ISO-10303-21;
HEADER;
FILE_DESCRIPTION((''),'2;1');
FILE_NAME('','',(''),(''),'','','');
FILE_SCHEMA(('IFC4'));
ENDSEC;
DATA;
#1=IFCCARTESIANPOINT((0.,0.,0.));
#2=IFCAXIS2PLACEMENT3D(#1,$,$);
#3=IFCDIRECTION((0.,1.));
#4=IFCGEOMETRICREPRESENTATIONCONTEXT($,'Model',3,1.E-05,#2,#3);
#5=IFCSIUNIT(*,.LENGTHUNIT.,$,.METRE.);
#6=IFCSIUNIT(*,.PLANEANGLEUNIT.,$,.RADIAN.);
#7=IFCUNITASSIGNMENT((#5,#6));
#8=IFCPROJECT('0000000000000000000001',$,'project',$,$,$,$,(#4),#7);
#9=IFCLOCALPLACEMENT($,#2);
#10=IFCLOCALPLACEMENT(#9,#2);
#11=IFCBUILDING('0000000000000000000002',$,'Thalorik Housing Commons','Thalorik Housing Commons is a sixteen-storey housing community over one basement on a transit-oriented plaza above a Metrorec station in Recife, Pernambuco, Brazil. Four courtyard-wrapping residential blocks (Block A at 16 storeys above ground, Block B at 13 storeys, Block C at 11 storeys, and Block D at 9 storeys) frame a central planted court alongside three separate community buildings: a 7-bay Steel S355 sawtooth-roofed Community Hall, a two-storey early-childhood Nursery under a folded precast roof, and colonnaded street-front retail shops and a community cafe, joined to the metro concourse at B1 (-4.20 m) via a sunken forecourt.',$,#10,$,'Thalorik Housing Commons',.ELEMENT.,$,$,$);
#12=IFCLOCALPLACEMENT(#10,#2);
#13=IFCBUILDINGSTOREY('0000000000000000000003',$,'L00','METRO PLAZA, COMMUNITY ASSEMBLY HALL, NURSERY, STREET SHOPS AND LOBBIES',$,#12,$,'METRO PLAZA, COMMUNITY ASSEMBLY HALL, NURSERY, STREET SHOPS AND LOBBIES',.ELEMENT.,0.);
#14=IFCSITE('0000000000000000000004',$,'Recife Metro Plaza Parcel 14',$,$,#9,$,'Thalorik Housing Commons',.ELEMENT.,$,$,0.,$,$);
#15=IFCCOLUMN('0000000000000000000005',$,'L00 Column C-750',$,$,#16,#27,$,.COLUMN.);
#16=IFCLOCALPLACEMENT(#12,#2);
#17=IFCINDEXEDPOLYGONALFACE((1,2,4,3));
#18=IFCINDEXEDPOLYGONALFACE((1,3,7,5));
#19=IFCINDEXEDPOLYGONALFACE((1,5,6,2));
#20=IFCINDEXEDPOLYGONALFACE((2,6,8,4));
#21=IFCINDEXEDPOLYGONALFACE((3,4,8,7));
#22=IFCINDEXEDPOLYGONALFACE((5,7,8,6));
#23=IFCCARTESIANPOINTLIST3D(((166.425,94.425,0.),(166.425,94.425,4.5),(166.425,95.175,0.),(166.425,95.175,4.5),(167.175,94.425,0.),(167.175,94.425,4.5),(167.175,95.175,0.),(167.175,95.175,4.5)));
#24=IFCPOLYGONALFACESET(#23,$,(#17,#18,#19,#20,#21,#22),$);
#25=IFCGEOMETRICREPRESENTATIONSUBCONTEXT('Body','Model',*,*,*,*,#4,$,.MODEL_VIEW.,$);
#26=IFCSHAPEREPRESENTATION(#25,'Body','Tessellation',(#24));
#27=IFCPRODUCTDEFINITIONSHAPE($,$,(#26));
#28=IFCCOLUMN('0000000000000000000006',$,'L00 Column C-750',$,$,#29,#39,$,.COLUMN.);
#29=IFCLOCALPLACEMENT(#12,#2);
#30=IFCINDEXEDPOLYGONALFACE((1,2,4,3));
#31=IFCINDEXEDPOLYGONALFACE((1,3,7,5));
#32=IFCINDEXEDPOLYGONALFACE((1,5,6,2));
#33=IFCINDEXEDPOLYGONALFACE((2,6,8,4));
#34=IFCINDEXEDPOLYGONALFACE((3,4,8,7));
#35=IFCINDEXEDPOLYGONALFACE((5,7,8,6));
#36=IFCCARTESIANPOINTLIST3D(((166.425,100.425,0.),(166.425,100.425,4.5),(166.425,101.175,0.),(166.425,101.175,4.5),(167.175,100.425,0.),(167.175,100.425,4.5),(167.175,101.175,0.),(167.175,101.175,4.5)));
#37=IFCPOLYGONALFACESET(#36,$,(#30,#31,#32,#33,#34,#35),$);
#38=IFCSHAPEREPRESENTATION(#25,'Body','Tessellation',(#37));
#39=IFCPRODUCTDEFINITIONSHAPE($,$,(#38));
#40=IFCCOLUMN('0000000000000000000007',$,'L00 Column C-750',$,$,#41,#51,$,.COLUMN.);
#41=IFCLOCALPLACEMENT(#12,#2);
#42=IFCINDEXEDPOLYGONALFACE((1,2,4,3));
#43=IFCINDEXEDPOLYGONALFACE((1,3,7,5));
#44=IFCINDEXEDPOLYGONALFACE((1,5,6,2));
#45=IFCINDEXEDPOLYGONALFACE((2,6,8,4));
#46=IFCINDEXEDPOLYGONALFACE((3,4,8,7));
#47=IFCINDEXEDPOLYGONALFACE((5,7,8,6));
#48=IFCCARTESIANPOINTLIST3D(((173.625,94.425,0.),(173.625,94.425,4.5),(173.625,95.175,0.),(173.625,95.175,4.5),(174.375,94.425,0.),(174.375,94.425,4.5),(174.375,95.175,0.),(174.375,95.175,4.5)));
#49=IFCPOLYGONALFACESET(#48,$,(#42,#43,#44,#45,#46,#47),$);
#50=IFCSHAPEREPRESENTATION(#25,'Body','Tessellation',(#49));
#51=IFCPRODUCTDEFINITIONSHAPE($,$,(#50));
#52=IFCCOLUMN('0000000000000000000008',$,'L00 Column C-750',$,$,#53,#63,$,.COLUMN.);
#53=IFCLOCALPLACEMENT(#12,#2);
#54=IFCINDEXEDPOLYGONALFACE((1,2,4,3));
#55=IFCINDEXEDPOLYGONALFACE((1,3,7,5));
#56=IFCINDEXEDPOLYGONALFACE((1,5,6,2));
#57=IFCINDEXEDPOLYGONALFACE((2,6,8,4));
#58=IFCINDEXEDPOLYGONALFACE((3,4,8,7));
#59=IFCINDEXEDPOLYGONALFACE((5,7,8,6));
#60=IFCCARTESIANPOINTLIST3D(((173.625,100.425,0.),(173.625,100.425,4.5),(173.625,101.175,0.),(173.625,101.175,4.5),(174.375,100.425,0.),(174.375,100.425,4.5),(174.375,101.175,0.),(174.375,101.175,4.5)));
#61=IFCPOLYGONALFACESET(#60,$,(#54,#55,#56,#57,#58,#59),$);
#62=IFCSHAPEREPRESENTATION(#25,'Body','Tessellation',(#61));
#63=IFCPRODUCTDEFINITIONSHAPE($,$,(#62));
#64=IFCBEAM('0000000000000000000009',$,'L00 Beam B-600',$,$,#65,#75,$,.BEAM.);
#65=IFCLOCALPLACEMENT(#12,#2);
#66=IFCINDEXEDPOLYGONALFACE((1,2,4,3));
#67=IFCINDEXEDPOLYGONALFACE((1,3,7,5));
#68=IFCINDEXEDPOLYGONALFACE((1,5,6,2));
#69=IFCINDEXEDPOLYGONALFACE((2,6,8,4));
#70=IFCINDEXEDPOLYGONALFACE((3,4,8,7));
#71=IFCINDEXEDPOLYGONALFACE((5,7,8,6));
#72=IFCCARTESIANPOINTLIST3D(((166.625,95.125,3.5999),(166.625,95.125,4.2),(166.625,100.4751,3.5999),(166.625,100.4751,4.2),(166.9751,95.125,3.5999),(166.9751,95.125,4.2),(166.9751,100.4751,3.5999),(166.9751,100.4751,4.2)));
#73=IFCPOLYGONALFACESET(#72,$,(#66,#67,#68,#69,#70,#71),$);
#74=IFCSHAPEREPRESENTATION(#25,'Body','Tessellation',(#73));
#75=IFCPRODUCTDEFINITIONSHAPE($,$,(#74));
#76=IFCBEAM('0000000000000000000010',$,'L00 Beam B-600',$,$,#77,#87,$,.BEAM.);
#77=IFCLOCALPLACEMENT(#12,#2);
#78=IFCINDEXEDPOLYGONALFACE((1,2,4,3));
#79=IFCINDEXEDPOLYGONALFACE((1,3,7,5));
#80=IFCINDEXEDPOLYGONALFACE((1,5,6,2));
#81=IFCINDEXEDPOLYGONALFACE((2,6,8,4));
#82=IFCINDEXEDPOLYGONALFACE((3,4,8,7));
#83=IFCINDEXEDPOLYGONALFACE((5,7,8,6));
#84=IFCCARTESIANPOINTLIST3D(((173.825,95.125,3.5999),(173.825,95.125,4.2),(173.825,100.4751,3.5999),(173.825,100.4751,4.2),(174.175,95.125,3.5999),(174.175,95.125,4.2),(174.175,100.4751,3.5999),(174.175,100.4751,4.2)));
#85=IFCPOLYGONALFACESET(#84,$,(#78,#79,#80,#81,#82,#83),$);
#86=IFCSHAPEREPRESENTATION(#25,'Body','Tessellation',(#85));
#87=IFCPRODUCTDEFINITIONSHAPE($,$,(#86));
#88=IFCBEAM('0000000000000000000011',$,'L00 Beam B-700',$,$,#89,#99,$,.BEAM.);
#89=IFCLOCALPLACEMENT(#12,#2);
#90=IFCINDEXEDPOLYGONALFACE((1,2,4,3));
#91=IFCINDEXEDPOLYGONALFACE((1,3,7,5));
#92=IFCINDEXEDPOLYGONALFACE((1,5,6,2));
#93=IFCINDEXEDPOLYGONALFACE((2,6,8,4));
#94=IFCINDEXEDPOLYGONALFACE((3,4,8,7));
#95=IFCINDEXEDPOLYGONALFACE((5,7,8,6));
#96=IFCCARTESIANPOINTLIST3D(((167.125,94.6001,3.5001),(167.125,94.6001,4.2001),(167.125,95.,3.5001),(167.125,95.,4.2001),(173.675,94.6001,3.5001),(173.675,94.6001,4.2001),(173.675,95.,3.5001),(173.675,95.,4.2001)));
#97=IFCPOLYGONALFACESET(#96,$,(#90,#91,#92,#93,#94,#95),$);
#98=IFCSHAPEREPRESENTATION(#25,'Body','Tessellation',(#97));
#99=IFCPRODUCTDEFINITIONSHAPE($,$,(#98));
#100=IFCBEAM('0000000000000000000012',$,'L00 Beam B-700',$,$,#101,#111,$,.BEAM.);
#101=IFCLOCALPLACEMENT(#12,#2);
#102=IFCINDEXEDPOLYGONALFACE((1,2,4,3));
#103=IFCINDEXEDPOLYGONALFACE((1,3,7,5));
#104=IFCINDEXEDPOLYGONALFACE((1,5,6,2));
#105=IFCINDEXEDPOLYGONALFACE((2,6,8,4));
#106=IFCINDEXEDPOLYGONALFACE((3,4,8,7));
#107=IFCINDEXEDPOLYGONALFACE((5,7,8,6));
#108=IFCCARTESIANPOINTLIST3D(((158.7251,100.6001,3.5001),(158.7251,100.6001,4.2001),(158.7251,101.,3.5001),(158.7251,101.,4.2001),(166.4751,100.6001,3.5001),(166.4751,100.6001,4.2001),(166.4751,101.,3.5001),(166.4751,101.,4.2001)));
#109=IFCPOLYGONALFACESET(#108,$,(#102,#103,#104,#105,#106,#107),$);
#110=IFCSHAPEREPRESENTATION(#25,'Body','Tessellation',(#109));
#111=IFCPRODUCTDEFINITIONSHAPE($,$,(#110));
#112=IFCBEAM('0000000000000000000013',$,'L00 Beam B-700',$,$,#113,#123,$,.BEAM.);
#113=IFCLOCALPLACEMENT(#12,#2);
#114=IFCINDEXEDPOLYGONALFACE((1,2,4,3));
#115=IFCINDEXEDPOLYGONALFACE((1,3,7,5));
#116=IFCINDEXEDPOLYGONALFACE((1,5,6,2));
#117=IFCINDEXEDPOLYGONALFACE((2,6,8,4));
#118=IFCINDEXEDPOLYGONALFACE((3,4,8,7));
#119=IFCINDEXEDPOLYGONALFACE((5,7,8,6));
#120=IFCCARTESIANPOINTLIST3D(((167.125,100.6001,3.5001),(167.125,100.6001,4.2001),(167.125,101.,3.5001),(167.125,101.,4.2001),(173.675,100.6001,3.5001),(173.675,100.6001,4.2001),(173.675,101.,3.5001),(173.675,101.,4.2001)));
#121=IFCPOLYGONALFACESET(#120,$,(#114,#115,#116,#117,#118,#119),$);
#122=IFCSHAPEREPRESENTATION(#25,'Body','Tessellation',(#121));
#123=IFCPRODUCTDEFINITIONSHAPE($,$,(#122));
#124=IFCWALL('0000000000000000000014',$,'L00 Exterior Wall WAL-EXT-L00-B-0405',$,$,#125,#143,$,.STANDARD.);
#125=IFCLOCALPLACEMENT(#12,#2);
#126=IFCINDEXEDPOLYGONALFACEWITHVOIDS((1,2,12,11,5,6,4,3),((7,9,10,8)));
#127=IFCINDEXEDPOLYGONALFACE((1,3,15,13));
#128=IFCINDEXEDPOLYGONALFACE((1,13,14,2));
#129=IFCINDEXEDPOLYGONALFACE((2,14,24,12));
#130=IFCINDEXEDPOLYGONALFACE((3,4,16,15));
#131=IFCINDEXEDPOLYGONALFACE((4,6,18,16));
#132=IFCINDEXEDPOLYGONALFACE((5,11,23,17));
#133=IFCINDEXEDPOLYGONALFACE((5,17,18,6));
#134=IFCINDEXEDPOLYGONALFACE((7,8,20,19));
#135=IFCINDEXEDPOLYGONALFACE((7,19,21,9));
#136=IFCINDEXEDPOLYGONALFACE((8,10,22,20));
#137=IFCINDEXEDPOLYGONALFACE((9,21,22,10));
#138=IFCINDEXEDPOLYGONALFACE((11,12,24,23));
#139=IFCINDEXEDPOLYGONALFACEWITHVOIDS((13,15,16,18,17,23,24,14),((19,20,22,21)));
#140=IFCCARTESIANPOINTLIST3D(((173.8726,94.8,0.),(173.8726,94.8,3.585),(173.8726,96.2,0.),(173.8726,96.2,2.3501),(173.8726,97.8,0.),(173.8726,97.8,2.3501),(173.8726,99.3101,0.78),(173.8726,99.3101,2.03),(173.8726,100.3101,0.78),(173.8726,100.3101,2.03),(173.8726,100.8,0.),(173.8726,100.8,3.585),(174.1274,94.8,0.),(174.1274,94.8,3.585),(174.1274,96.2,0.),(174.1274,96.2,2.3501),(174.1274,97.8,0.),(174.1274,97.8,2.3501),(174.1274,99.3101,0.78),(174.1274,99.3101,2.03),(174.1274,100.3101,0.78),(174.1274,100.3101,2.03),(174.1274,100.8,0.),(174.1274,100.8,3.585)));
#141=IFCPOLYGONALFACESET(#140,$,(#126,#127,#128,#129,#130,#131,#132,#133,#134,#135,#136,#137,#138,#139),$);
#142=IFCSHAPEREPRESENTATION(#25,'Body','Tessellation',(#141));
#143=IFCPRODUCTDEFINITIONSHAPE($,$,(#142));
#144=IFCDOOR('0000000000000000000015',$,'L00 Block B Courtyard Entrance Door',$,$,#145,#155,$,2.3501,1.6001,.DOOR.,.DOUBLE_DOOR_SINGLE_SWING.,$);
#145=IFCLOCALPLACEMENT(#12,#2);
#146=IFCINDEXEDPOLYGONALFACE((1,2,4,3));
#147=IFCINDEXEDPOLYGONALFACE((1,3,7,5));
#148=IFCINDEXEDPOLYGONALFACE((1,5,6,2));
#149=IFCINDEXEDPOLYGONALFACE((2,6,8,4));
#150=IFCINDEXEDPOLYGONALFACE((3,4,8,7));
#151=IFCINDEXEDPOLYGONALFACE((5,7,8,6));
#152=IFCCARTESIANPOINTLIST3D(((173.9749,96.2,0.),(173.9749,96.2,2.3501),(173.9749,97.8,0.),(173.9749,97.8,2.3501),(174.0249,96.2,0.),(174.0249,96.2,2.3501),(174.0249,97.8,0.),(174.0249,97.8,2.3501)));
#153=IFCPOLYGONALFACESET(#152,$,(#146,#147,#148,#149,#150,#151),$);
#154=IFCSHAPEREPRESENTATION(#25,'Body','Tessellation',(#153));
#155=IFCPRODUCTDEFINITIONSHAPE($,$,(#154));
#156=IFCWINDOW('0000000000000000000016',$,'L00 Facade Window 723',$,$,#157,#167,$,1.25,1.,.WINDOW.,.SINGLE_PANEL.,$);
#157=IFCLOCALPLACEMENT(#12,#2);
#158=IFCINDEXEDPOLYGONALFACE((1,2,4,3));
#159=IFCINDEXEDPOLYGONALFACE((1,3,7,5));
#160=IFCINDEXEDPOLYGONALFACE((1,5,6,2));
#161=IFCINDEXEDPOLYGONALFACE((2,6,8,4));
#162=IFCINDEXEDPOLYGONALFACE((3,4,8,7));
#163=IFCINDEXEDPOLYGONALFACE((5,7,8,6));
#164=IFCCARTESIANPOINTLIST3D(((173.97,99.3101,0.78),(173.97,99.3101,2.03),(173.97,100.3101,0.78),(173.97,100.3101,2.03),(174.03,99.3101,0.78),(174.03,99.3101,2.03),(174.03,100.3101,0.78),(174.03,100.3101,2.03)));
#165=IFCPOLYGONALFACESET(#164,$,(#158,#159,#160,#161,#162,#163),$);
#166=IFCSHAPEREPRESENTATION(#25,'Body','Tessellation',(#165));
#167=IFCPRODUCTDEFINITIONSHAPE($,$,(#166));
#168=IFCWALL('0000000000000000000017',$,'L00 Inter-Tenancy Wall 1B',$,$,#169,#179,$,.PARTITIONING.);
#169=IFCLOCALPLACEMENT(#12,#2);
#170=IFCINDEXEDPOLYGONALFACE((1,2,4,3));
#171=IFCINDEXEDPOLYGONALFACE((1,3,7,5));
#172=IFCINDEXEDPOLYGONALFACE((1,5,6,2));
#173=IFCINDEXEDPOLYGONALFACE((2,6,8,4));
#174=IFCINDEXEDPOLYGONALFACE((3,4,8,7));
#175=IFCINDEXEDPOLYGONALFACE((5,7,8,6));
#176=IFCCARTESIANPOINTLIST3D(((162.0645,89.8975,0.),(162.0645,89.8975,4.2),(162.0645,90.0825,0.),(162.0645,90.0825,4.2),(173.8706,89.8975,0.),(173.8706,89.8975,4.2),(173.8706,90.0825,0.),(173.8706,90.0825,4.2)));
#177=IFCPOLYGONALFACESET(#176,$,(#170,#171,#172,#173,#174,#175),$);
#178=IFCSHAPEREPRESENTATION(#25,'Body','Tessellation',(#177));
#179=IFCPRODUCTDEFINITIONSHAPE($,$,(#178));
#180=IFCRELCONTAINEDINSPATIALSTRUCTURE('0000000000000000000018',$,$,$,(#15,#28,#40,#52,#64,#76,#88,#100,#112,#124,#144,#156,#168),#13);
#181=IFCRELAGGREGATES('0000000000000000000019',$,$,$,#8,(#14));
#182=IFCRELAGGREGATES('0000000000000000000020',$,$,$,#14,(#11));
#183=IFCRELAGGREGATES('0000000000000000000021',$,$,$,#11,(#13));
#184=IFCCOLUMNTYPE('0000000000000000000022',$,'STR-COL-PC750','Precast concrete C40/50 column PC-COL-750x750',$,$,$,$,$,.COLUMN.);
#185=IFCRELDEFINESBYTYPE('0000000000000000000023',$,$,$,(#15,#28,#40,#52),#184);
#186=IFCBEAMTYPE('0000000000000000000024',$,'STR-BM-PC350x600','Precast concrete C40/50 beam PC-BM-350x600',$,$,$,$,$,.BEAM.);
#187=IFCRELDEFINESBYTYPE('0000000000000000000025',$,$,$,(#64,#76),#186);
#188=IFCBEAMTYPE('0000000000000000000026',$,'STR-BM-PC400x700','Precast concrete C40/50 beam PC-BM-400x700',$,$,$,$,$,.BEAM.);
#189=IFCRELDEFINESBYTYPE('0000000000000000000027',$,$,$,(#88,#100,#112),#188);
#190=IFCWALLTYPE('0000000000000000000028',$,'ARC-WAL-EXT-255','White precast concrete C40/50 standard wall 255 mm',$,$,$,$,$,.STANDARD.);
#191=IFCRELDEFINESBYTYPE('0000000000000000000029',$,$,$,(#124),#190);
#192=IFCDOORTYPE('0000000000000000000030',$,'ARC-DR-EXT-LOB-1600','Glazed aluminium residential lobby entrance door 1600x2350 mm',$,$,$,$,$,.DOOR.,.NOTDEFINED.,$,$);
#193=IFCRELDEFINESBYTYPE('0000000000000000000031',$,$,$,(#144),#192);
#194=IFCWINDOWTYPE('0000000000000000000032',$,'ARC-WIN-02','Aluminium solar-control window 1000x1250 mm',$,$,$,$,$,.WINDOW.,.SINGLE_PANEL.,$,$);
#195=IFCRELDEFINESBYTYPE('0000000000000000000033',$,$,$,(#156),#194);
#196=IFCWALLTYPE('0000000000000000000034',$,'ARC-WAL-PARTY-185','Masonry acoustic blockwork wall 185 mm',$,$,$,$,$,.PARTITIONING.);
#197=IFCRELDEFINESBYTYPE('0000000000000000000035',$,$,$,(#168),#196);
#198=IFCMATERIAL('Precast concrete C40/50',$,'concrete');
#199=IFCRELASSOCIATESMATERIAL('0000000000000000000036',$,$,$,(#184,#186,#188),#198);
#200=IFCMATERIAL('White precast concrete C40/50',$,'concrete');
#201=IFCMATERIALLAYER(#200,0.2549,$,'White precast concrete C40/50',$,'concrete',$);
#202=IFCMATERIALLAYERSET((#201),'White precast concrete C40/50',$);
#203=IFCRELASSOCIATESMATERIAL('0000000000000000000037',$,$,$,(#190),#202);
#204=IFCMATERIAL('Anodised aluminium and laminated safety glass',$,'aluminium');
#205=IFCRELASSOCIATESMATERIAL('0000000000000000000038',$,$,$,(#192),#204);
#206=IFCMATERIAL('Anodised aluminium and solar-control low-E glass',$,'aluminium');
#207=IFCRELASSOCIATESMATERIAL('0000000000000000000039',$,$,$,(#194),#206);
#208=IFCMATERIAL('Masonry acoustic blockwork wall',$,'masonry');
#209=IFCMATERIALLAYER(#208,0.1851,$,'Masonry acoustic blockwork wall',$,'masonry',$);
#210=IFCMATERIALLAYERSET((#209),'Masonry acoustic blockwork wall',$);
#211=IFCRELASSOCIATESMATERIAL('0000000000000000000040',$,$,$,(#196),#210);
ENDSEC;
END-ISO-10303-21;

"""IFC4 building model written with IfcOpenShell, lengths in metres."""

from ifc_helpers import new_model, si_unit, direction, frame, frame_2d, origin, origin_2d, place, context, subcontext, project, spatial, rectangle, extrude, material, layer, layer_set, material_profile, profile_set, type_object, element, fill, save


model = new_model("IFC4")

# Units and contexts
model_context = context("Model", 3, precision=1e-05, world=origin(), true_north=direction((0.0, 1.0)))
body_context = subcontext(model_context, "Body", "Model", "MODEL_VIEW")
ifc_project = project(units=[si_unit("LENGTHUNIT", "METRE"), si_unit("PLANEANGLEUNIT", "RADIAN")], contexts=[model_context])

# Site, building, storey
site_placement = place(None, origin())
site = spatial("IfcSite", under=ifc_project, at=site_placement, Name="Recife Metro Plaza Parcel 14", LongName="Thalorik Housing Commons", CompositionType="ELEMENT", RefElevation=0.0)
building_placement = place(site_placement, origin())
building = spatial("IfcBuilding", under=site, at=building_placement, Name="Thalorik Housing Commons", Description="Thalorik Housing Commons is a sixteen-storey housing community over one basement on a transit-oriented plaza above a Metrorec station in Recife, Pernambuco, Brazil. Four courtyard-wrapping residential blocks (Block A at 16 storeys above ground, Block B at 13 storeys, Block C at 11 storeys, and Block D at 9 storeys) frame a central planted court alongside three separate community buildings: a 7-bay Steel S355 sawtooth-roofed Community Hall, a two-storey early-childhood Nursery under a folded precast roof, and colonnaded street-front retail shops and a community cafe, joined to the metro concourse at B1 (-4.20 m) via a sunken forecourt.", LongName="Thalorik Housing Commons", CompositionType="ELEMENT")
storey_placement = place(building_placement, origin())
storey = spatial("IfcBuildingStorey", under=building, at=storey_placement, Name="L00", Description="METRO PLAZA, COMMUNITY ASSEMBLY HALL, NURSERY, STREET SHOPS AND LOBBIES", LongName="METRO PLAZA, COMMUNITY ASSEMBLY HALL, NURSERY, STREET SHOPS AND LOBBIES", CompositionType="ELEMENT", Elevation=0.0)

# Columns
ifc_material_1 = material(Name="Precast concrete C40/50", Category="concrete")
ifc_material_profile_1 = material_profile(ifc_material_1, rectangle(XDim=0.75, YDim=0.75, at=origin_2d()), Name="PC 750x750", Category="concrete")
ifc_profile_set_1 = profile_set([ifc_material_profile_1], Name="Precast concrete C40/50")
column_type = type_object("IfcColumnType", Name="STR-COL-PC750", Description="Precast concrete C40/50 column PC-COL-750x750", PredefinedType="COLUMN", material=ifc_profile_set_1)
for number, where, z_axis, x_axis, name in (
    (1, (166.8, 94.8, 0.0), (0.0, 0.0, 1.0), (1.0, 0.0, 0.0), "L00 Column C-750"),
    (2, (166.8, 100.8, 0.0), (0.0, 0.0, 1.0), (1.0, 0.0, 0.0), "L00 Column C-750"),
    (3, (174.0, 94.8, 0.0), (0.0, 0.0, 1.0), (1.0, 0.0, 0.0), "L00 Column C-750"),
    (4, (174.0, 100.8, 0.0), (0.0, 0.0, 1.0), (1.0, 0.0, 0.0), "L00 Column C-750"),
):
    element("IfcColumn", number, at=place(storey_placement, frame(where, z_axis=z_axis, x_axis=x_axis)), inside=storey, type_object=column_type, Name=name, PredefinedType="COLUMN", context=body_context, shape_type="SweptSolid", body=[
        extrude(rectangle(XDim=0.75, YDim=0.75, at=origin_2d()), origin(), (0.0, 0.0, 1.0), 4.5),
    ])

# Beams
ifc_material_profile_2 = material_profile(ifc_material_1, rectangle(XDim=0.3501, YDim=0.6001, at=origin_2d()), Name="PC 350x600", Category="concrete")
ifc_profile_set_2 = profile_set([ifc_material_profile_2], Name="Precast concrete C40/50")
beam_type_1 = type_object("IfcBeamType", Name="STR-BM-PC350x600", Description="Precast concrete C40/50 beam PC-BM-350x600", PredefinedType="BEAM", material=ifc_profile_set_2)
for number, where, z_axis, x_axis, name in (
    (5, (166.8, 95.125, 3.8999), (0.0, 1.0, 0.0), (-1.0, 0.0, 0.0), "L00 Beam B-600"),
    (6, (174.0, 95.125, 3.8999), (0.0, 1.0, 0.0), (-1.0, 0.0, 0.0), "L00 Beam B-600"),
):
    element("IfcBeam", number, at=place(storey_placement, frame(where, z_axis=z_axis, x_axis=x_axis)), inside=storey, type_object=beam_type_1, Name=name, PredefinedType="BEAM", context=body_context, shape_type="SweptSolid", body=[
        extrude(rectangle(XDim=0.3501, YDim=0.6001, at=origin_2d()), origin(), (0.0, 0.0, 1.0), 5.3501),
    ])
ifc_material_profile_3 = material_profile(ifc_material_1, rectangle(XDim=0.3999, YDim=0.7, at=origin_2d()), Name="PC 400x700", Category="concrete")
ifc_profile_set_3 = profile_set([ifc_material_profile_3], Name="Precast concrete C40/50")
beam_type_2 = type_object("IfcBeamType", Name="STR-BM-PC400x700", Description="Precast concrete C40/50 beam PC-BM-400x700", PredefinedType="BEAM", material=ifc_profile_set_3)
beam_1_placement = place(storey_placement, frame((167.125, 94.8, 3.8501), z_axis=(1.0, 0.0, 0.0), x_axis=(0.0, 1.0, 0.0)))
element("IfcBeam", 7, at=beam_1_placement, inside=storey, type_object=beam_type_2, Name="L00 Beam B-700", PredefinedType="BEAM", context=body_context, shape_type="SweptSolid", body=[
    extrude(rectangle(XDim=0.3999, YDim=0.7, at=origin_2d()), origin(), (0.0, 0.0, 1.0), 6.55),
])
beam_2_placement = place(storey_placement, frame((158.7251, 100.8, 3.8501), z_axis=(1.0, 0.0, 0.0), x_axis=(0.0, 1.0, 0.0)))
element("IfcBeam", 8, at=beam_2_placement, inside=storey, type_object=beam_type_2, Name="L00 Beam B-700", PredefinedType="BEAM", context=body_context, shape_type="SweptSolid", body=[
    extrude(rectangle(XDim=0.3999, YDim=0.7, at=origin_2d()), origin(), (0.0, 0.0, 1.0), 7.75),
])
beam_3_placement = place(storey_placement, frame((167.125, 100.8, 3.8501), z_axis=(1.0, 0.0, 0.0), x_axis=(0.0, 1.0, 0.0)))
element("IfcBeam", 9, at=beam_3_placement, inside=storey, type_object=beam_type_2, Name="L00 Beam B-700", PredefinedType="BEAM", context=body_context, shape_type="SweptSolid", body=[
    extrude(rectangle(XDim=0.3999, YDim=0.7, at=origin_2d()), origin(), (0.0, 0.0, 1.0), 6.55),
])

# Wall, openings, door, window
ifc_material_2 = material(Name="White precast concrete C40/50", Category="concrete")
ifc_layer_1 = layer(ifc_material_2, 0.2549, Name="White precast concrete C40/50", Category="concrete")
ifc_layer_set_1 = layer_set([ifc_layer_1], Name="White precast concrete C40/50")
wall_type_1 = type_object("IfcWallType", Name="ARC-WAL-EXT-255", Description="White precast concrete C40/50 standard wall 255 mm", PredefinedType="STANDARD", material=ifc_layer_set_1)
wall_1_placement = place(storey_placement, frame((174.0, 94.8, 0.0), z_axis=(0.0, 0.0, 1.0), x_axis=(0.0, 1.0, 0.0)))
wall_1 = element("IfcWall", 10, at=wall_1_placement, inside=storey, type_object=wall_type_1, Name="L00 Exterior Wall WAL-EXT-L00-B-0405", PredefinedType="STANDARD", context=body_context, shape_type="SweptSolid", body=[
    extrude(rectangle(XDim=6.0, YDim=0.2549, at=frame_2d((3.0, 0.0))), origin(), (0.0, 0.0, 1.0), 3.585),
])
opening_1_placement = place(wall_1_placement, frame((1.3999, 0.0, 0.0)))
opening_1 = element("IfcOpeningElement", 11, at=opening_1_placement, cuts=wall_1, PredefinedType="OPENING", context=body_context, shape_type="SweptSolid", body=[
    extrude(rectangle(XDim=1.6001, YDim=2.3501, at=frame_2d((0.8, 1.175))), frame((0.0, 0.1375, 0.0), z_axis=(0.0, -1.0, 0.0), x_axis=(1.0, 0.0, 0.0)), (0.0, 0.0, 1.0), 0.2749),
])
opening_2_placement = place(wall_1_placement, frame((4.51, 0.0, 0.78)))
opening_2 = element("IfcOpeningElement", 12, at=opening_2_placement, cuts=wall_1, PredefinedType="OPENING", context=body_context, shape_type="SweptSolid", body=[
    extrude(rectangle(XDim=1.0, YDim=1.25, at=frame_2d((0.5, 0.625))), frame((0.0, 0.1375, 0.0), z_axis=(0.0, -1.0, 0.0), x_axis=(1.0, 0.0, 0.0)), (0.0, 0.0, 1.0), 0.2749),
])
ifc_material_3 = material(Name="Anodised aluminium and laminated safety glass", Category="aluminium")
door_type = type_object("IfcDoorType", Name="ARC-DR-EXT-LOB-1600", Description="Glazed aluminium residential lobby entrance door 1600x2350 mm", OperationType="NOTDEFINED", PredefinedType="DOOR", material=ifc_material_3)
door_placement = place(opening_1_placement, frame((1.6001, 0.0, 0.0), z_axis=(0.0, 0.0, 1.0), x_axis=(-1.0, 0.0, 0.0)))
door = element("IfcDoor", 13, at=door_placement, inside=storey, type_object=door_type, Name="L00 Block B Courtyard Entrance Door", OperationType="DOUBLE_DOOR_SINGLE_SWING", OverallHeight=2.3501, OverallWidth=1.6001, PredefinedType="DOOR", context=body_context, shape_type="SweptSolid", body=[
    extrude(rectangle(XDim=1.6001, YDim=2.3501, at=frame_2d((0.8, 1.175))), frame((0.0, 0.0249, 0.0), z_axis=(0.0, -1.0, 0.0), x_axis=(1.0, 0.0, 0.0)), (0.0, 0.0, 1.0), 0.05),
])
fill(opening_1, door)
ifc_material_4 = material(Name="Anodised aluminium and solar-control low-E glass", Category="aluminium")
window_type = type_object("IfcWindowType", Name="ARC-WIN-02", Description="Aluminium solar-control window 1000x1250 mm", PartitioningType="SINGLE_PANEL", PredefinedType="WINDOW", material=ifc_material_4)
window_placement = place(opening_2_placement, origin())
window = element("IfcWindow", 14, at=window_placement, inside=storey, type_object=window_type, Name="L00 Facade Window 723", OverallHeight=1.25, OverallWidth=1.0, PartitioningType="SINGLE_PANEL", PredefinedType="WINDOW", context=body_context, shape_type="SweptSolid", body=[
    extrude(rectangle(XDim=1.0, YDim=1.25, at=frame_2d((0.5, 0.625))), frame((0.0, 0.03, 0.0), z_axis=(0.0, -1.0, 0.0), x_axis=(1.0, 0.0, 0.0)), (0.0, 0.0, 1.0), 0.0601),
])
fill(opening_2, window)

# Wall
ifc_material_5 = material(Name="Masonry acoustic blockwork wall", Category="masonry")
ifc_layer_2 = layer(ifc_material_5, 0.1851, Name="Masonry acoustic blockwork wall", Category="masonry")
ifc_layer_set_2 = layer_set([ifc_layer_2], Name="Masonry acoustic blockwork wall")
wall_type_2 = type_object("IfcWallType", Name="ARC-WAL-PARTY-185", Description="Masonry acoustic blockwork wall 185 mm", PredefinedType="PARTITIONING", material=ifc_layer_set_2)
wall_2_placement = place(storey_placement, frame((162.0645, 89.99, 0.0), z_axis=(0.0, 0.0, 1.0), x_axis=(1.0, 0.0, 0.0)))
element("IfcWall", 15, at=wall_2_placement, inside=storey, type_object=wall_type_2, Name="L00 Inter-Tenancy Wall 1B", PredefinedType="PARTITIONING", context=body_context, shape_type="SweptSolid", body=[
    extrude(rectangle(XDim=11.8062, YDim=0.1851, at=frame_2d((5.9031, 0.0))), origin(), (0.0, 0.0, 1.0), 4.2),
])

save(model, "model.ifc")
